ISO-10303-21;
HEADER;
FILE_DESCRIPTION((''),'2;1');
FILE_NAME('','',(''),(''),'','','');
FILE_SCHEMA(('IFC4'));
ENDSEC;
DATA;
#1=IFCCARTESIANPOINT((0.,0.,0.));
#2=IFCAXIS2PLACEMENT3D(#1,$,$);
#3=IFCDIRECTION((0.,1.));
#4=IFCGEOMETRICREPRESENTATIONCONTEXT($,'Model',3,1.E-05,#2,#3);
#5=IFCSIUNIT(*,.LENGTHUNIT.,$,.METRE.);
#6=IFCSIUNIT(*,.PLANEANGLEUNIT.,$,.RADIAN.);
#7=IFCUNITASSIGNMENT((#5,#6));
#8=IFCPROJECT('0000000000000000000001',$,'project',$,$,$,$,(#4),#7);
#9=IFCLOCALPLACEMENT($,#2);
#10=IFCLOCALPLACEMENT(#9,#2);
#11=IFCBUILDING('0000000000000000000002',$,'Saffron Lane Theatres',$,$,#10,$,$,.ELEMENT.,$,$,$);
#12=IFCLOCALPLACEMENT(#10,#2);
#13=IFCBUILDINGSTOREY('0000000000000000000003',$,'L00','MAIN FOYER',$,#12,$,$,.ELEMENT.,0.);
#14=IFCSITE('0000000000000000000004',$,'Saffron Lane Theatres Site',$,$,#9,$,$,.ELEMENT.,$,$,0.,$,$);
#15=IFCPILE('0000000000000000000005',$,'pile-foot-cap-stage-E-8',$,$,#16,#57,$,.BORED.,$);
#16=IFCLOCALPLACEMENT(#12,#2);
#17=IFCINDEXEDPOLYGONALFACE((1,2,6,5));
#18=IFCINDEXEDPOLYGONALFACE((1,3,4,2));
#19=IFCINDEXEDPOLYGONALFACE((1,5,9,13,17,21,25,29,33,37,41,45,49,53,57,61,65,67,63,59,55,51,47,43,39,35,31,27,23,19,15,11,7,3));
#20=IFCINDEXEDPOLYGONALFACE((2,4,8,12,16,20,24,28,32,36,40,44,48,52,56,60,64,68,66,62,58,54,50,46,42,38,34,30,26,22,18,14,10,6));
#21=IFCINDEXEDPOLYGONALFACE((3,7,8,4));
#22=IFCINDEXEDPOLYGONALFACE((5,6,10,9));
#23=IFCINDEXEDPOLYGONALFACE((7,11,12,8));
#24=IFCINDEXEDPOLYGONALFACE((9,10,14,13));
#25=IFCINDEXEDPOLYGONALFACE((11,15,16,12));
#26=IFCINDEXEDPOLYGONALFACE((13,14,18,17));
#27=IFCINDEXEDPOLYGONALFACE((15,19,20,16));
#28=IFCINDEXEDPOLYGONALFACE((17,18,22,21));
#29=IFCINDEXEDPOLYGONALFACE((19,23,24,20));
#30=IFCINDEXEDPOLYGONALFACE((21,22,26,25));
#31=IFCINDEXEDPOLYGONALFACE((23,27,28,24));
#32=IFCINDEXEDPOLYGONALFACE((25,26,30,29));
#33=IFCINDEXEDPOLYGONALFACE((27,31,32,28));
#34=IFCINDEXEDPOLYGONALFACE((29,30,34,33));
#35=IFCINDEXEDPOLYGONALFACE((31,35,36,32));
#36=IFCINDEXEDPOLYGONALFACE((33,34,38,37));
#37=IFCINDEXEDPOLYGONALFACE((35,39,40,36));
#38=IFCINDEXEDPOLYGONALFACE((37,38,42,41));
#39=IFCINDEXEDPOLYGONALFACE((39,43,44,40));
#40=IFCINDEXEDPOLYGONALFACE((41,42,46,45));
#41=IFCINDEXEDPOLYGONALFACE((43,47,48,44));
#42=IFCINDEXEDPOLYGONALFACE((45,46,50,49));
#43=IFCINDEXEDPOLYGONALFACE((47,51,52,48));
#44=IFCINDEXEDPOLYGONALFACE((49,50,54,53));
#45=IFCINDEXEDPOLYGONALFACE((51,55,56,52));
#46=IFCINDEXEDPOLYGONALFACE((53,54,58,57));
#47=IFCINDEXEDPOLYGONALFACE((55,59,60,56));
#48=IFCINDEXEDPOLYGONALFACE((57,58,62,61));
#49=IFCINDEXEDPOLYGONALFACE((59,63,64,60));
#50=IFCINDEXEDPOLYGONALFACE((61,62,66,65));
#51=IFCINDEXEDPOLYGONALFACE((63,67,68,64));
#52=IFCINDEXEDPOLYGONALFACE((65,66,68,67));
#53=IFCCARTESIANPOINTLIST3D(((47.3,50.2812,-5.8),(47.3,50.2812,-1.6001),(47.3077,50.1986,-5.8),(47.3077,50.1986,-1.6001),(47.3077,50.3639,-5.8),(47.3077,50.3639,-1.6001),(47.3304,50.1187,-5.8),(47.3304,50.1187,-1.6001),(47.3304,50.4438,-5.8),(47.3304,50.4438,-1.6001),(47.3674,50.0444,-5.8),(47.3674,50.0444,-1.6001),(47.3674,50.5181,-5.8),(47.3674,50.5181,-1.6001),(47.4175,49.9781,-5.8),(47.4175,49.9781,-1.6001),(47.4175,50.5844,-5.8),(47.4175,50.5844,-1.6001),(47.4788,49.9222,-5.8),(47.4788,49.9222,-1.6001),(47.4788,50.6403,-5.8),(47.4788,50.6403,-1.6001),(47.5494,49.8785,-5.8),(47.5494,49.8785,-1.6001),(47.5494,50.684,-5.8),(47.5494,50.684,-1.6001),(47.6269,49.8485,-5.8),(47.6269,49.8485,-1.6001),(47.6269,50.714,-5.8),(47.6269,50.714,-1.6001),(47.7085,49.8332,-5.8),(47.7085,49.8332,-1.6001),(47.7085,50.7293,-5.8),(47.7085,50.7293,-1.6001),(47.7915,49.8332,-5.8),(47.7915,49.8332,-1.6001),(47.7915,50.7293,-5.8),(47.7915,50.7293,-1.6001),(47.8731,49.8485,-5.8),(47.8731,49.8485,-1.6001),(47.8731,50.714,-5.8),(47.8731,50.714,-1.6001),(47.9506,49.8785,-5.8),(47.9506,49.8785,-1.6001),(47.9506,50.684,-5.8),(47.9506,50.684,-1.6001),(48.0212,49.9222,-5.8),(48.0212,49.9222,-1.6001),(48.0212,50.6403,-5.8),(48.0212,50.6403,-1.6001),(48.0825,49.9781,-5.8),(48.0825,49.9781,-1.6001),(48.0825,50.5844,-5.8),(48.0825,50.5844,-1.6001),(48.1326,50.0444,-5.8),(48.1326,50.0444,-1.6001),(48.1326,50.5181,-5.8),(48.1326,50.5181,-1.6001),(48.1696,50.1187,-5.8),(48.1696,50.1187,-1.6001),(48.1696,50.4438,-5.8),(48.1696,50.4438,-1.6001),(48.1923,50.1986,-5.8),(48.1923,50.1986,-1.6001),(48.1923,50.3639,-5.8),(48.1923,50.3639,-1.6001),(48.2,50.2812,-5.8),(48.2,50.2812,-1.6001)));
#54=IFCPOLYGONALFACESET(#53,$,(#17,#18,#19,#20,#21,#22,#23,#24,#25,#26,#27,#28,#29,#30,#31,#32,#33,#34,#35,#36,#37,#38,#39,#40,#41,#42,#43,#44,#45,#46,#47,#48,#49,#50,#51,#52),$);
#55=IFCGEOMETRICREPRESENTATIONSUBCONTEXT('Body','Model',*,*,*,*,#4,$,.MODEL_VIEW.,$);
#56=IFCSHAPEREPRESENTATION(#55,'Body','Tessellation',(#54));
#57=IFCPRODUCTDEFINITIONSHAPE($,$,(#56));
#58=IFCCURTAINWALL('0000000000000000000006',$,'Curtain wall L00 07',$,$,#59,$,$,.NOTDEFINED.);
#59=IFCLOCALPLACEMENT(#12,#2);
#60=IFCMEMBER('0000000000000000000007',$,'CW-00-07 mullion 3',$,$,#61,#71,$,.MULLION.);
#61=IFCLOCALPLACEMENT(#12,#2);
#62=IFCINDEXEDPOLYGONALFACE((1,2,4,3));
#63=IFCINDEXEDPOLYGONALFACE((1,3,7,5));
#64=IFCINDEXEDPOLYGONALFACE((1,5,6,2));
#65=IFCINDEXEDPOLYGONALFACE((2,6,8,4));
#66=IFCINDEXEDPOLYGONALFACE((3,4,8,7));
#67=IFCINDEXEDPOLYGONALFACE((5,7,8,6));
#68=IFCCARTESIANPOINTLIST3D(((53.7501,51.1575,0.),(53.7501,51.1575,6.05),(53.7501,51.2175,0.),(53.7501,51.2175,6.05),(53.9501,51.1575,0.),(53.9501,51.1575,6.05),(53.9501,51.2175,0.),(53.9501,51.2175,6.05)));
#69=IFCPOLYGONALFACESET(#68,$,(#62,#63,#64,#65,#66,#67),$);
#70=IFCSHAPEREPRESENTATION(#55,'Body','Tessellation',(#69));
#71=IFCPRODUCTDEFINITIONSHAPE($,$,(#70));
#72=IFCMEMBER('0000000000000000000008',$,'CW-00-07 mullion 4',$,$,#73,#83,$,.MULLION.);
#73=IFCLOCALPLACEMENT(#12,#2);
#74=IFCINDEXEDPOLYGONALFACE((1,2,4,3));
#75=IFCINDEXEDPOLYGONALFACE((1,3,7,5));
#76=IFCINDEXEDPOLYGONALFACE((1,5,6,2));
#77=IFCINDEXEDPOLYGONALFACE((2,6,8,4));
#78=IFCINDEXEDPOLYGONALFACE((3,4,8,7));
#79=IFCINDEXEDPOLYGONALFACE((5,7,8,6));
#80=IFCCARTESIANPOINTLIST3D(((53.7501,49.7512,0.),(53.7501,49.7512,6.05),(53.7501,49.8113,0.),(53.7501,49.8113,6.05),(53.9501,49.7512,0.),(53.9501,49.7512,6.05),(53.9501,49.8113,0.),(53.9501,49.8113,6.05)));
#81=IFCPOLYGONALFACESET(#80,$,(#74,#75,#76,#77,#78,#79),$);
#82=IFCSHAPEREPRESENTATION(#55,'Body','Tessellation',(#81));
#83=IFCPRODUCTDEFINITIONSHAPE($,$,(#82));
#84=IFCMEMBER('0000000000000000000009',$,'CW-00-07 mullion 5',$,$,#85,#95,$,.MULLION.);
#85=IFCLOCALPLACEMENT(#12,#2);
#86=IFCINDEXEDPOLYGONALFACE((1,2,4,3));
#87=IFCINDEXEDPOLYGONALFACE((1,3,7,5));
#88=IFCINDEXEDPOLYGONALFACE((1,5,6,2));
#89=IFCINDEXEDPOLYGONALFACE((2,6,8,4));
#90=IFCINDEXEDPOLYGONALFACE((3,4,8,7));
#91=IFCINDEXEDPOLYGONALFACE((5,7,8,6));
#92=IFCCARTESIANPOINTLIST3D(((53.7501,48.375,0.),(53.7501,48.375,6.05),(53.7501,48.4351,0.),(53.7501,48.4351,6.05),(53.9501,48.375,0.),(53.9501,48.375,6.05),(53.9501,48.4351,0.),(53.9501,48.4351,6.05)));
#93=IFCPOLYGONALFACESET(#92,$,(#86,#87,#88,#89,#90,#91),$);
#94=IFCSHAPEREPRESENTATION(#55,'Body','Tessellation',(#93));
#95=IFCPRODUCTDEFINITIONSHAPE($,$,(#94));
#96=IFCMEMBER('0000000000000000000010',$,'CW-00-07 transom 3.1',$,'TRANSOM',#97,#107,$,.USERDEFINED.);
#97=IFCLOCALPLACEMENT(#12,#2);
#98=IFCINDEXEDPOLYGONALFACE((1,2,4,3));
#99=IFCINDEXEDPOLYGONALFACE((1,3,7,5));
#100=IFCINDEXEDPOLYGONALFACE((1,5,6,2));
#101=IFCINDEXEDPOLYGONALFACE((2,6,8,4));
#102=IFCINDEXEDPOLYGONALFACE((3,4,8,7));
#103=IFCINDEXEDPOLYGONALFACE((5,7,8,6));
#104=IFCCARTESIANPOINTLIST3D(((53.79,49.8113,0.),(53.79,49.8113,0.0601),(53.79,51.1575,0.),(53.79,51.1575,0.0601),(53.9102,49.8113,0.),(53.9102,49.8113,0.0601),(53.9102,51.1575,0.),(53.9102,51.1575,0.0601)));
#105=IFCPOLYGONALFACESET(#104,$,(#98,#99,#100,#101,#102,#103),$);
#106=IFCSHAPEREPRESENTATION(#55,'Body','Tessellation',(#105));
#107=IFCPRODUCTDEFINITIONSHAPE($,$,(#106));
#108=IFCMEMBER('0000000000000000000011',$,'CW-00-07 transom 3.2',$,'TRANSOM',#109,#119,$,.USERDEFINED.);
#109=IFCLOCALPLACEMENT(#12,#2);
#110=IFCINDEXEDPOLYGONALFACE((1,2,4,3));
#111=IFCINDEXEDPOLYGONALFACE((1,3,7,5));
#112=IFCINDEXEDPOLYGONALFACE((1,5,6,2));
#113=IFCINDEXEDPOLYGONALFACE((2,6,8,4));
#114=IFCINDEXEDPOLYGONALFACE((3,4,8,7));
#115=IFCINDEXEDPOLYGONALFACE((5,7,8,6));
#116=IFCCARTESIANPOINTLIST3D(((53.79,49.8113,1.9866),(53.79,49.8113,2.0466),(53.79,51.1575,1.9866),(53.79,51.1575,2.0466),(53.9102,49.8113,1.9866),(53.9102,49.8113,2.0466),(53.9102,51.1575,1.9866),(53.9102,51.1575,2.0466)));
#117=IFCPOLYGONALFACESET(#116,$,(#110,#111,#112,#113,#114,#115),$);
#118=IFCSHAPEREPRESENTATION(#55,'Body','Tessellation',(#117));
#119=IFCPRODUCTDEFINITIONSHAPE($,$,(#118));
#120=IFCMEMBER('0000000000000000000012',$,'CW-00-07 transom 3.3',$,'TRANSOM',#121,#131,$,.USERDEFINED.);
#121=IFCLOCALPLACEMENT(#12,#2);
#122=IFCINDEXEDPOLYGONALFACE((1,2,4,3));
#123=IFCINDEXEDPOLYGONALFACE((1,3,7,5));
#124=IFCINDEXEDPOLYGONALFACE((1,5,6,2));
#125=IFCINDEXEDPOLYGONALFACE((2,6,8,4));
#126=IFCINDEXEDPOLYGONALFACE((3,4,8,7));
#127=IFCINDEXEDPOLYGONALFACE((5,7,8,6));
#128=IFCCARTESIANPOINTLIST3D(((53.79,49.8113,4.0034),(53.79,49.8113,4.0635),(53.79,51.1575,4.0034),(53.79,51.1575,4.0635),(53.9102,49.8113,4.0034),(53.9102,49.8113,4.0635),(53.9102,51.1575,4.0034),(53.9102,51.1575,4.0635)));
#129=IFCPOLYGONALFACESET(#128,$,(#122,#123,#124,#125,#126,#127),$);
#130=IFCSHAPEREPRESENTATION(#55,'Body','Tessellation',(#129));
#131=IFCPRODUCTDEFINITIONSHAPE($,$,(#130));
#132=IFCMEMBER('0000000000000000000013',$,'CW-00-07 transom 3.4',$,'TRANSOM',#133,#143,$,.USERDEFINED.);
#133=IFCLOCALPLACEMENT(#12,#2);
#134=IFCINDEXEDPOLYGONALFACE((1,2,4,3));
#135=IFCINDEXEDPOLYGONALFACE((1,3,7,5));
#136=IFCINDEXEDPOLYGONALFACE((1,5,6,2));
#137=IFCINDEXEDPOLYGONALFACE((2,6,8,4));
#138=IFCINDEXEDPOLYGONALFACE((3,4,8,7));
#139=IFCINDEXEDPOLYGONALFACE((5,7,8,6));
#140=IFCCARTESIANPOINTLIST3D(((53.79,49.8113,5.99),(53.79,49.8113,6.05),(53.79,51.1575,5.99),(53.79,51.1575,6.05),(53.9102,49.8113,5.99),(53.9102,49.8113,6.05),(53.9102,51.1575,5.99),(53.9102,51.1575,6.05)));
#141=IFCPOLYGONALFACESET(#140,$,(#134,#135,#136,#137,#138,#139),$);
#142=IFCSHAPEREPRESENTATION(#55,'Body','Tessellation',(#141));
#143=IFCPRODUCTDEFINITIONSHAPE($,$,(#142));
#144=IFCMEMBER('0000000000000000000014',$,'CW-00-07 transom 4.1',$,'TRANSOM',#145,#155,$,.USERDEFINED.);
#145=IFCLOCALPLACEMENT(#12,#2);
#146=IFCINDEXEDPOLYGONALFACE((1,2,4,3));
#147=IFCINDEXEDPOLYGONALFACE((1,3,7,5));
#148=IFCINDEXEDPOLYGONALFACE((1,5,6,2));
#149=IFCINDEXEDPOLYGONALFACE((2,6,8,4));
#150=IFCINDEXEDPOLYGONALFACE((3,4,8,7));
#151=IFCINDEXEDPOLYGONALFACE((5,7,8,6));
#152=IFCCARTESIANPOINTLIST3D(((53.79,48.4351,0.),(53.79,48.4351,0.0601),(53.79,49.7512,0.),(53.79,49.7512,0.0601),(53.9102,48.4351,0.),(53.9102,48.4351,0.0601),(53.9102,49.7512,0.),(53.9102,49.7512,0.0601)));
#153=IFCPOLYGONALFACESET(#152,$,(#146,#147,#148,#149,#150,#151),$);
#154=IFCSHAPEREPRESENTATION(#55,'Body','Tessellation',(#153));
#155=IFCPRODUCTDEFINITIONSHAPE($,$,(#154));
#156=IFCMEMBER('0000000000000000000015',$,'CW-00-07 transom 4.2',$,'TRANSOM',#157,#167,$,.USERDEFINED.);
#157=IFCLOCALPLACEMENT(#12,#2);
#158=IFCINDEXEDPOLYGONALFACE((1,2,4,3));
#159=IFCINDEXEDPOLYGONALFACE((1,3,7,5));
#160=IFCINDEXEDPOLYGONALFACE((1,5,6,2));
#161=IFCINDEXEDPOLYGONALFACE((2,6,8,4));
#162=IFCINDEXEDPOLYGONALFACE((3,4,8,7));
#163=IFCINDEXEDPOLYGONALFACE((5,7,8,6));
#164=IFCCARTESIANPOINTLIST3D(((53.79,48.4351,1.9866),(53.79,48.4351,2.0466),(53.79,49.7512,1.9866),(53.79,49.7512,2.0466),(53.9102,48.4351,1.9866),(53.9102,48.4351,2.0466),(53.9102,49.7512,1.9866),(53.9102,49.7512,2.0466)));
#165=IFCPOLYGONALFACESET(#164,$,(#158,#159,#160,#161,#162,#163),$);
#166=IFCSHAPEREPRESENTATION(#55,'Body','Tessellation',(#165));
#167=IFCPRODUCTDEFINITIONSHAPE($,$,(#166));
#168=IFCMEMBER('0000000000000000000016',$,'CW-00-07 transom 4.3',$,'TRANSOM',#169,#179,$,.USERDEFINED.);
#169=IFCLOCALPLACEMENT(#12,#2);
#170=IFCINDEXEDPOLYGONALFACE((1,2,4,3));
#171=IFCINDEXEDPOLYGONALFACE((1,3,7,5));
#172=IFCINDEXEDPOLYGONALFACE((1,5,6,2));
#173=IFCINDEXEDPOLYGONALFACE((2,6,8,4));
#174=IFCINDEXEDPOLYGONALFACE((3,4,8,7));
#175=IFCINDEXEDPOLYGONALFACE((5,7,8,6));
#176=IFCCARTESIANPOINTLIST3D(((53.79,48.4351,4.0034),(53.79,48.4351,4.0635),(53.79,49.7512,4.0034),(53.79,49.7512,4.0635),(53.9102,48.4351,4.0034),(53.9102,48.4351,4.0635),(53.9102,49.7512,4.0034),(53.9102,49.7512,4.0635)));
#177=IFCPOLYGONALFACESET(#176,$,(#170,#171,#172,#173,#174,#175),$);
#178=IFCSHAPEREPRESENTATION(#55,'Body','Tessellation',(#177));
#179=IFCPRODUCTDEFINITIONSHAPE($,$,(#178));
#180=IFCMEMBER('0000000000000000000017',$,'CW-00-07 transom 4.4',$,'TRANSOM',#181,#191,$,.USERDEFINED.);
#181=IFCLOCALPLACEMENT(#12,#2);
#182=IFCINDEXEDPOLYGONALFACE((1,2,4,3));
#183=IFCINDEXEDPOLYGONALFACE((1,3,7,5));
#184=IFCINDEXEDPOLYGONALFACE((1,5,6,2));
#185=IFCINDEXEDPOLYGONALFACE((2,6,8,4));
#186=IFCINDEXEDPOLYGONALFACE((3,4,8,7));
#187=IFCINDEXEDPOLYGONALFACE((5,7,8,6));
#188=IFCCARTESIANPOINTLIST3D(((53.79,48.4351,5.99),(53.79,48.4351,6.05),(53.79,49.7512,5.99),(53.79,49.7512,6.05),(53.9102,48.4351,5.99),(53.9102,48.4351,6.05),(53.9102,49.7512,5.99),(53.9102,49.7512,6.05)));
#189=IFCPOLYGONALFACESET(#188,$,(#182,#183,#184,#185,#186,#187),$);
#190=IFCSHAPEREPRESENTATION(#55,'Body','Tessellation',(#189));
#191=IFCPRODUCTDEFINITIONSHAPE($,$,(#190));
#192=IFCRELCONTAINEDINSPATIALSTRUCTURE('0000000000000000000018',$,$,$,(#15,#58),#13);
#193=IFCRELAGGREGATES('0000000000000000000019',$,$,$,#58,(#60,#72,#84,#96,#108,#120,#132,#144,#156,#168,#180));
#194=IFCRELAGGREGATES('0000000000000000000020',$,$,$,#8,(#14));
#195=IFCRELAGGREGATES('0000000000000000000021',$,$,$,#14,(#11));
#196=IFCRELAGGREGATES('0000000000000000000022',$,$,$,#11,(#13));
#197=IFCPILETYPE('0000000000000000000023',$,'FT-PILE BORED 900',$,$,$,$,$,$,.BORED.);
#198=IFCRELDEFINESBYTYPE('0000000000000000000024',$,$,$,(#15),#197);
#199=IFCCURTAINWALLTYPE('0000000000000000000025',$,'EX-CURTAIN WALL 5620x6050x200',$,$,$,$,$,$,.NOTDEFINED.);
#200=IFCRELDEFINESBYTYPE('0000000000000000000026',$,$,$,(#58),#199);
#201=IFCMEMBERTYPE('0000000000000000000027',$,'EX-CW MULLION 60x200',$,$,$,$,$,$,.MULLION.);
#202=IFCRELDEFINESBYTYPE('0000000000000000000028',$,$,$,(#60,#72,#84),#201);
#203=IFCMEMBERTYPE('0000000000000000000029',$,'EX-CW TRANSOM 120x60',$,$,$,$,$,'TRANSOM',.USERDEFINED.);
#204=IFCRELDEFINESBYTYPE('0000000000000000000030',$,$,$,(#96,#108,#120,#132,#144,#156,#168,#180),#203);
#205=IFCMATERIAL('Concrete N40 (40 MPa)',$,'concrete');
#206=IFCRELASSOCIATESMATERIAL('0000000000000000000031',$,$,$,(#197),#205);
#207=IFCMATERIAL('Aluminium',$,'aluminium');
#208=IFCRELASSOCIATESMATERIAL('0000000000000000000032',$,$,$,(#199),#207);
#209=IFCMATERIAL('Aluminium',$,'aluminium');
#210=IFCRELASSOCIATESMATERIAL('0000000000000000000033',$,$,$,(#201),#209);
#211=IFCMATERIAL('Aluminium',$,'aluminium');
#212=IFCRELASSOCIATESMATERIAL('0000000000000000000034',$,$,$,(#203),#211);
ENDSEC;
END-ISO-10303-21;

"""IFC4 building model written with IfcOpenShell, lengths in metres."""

from ifc_helpers import new_model, si_unit, direction, frame, origin, origin_2d, place, context, subcontext, project, spatial, rectangle, circle, extrude, material, material_profile, profile_set, type_object, element, aggregate, save


model = new_model("IFC4")

# Units and contexts
model_context = context("Model", 3, precision=1e-05, world=origin(), true_north=direction((0.0, 1.0)))
body_context = subcontext(model_context, "Body", "Model", "MODEL_VIEW")
ifc_project = project(units=[si_unit("LENGTHUNIT", "METRE"), si_unit("PLANEANGLEUNIT", "RADIAN")], contexts=[model_context])

# Site, building, storey
site_placement = place(None, origin())
site = spatial("IfcSite", under=ifc_project, at=site_placement, Name="Saffron Lane Theatres Site", CompositionType="ELEMENT", RefElevation=0.0)
building_placement = place(site_placement, origin())
building = spatial("IfcBuilding", under=site, at=building_placement, Name="Saffron Lane Theatres", CompositionType="ELEMENT")
storey_placement = place(building_placement, origin())
storey = spatial("IfcBuildingStorey", under=building, at=storey_placement, Name="L00", Description="MAIN FOYER", CompositionType="ELEMENT", Elevation=0.0)

# Pile
ifc_material_1 = material(Name="Concrete N40 (40 MPa)", Category="concrete")
ifc_material_profile_1 = material_profile(ifc_material_1, circle(Radius=0.45, at=origin_2d()))
ifc_profile_set_1 = profile_set([ifc_material_profile_1], Name="Concrete N40 (40 MPa)")
pile_type = type_object("IfcPileType", Name="FT-PILE BORED 900", PredefinedType="BORED", material=ifc_profile_set_1)
pile_placement = place(storey_placement, frame((47.75, 50.2812, -1.6001), z_axis=(0.0, 0.0, -1.0), x_axis=(1.0, 0.0, 0.0)))
element("IfcPile", 1, at=pile_placement, inside=storey, type_object=pile_type, Name="pile-foot-cap-stage-E-8", PredefinedType="BORED", context=body_context, shape_type="SweptSolid", body=[
    extrude(circle(Radius=0.45, at=origin_2d()), origin(), (0.0, 0.0, 1.0), 4.2),
])

# Curtain wall, members
ifc_material_2 = material(Name="Aluminium", Category="aluminium")
curtain_wall_type = type_object("IfcCurtainWallType", Name="EX-CURTAIN WALL 5620x6050x200", PredefinedType="NOTDEFINED", material=ifc_material_2)
curtain_wall_placement = place(storey_placement, origin())
curtain_wall = element("IfcCurtainWall", 2, at=curtain_wall_placement, inside=storey, type_object=curtain_wall_type, Name="Curtain wall L00 07", PredefinedType="NOTDEFINED")
ifc_material_3 = material(Name="Aluminium", Category="aluminium")
ifc_material_profile_2 = material_profile(ifc_material_3, rectangle(XDim=0.0601, YDim=0.2, at=origin_2d()))
ifc_profile_set_2 = profile_set([ifc_material_profile_2], Name="Aluminium")
member_type_1 = type_object("IfcMemberType", Name="EX-CW MULLION 60x200", PredefinedType="MULLION", material=ifc_profile_set_2)
member_1_placement = place(storey_placement, frame((53.8501, 51.1875, 0.0), z_axis=(0.0, 0.0, 1.0), x_axis=(0.0, -1.0, 0.0)))
member_1 = element("IfcMember", 3, at=member_1_placement, type_object=member_type_1, Name="CW-00-07 mullion 3", PredefinedType="MULLION", context=body_context, shape_type="SweptSolid", body=[
    extrude(rectangle(XDim=0.0601, YDim=0.2, at=origin_2d()), origin(), (0.0, 0.0, 1.0), 6.05),
])
member_2_placement = place(storey_placement, frame((53.8501, 49.7812, 0.0), z_axis=(0.0, 0.0, 1.0), x_axis=(0.0, -1.0, 0.0)))
member_2 = element("IfcMember", 4, at=member_2_placement, type_object=member_type_1, Name="CW-00-07 mullion 4", PredefinedType="MULLION", context=body_context, shape_type="SweptSolid", body=[
    extrude(rectangle(XDim=0.0601, YDim=0.2, at=origin_2d()), origin(), (0.0, 0.0, 1.0), 6.05),
])
member_3_placement = place(storey_placement, frame((53.8501, 48.405, 0.0), z_axis=(0.0, 0.0, 1.0), x_axis=(0.0, -1.0, 0.0)))
member_3 = element("IfcMember", 5, at=member_3_placement, type_object=member_type_1, Name="CW-00-07 mullion 5", PredefinedType="MULLION", context=body_context, shape_type="SweptSolid", body=[
    extrude(rectangle(XDim=0.0601, YDim=0.2, at=origin_2d()), origin(), (0.0, 0.0, 1.0), 6.05),
])
ifc_material_4 = material(Name="Aluminium", Category="aluminium")
ifc_material_profile_3 = material_profile(ifc_material_4, rectangle(XDim=0.1201, YDim=0.0601, at=origin_2d()))
ifc_profile_set_3 = profile_set([ifc_material_profile_3], Name="Aluminium")
member_type_2 = type_object("IfcMemberType", Name="EX-CW TRANSOM 120x60", ElementType="TRANSOM", PredefinedType="USERDEFINED", material=ifc_profile_set_3)
member_4_placement = place(storey_placement, frame((53.8501, 51.1575, 0.03), z_axis=(0.0, -1.0, 0.0), x_axis=(1.0, 0.0, 0.0)))
member_4 = element("IfcMember", 6, at=member_4_placement, type_object=member_type_2, Name="CW-00-07 transom 3.1", ObjectType="TRANSOM", PredefinedType="USERDEFINED", context=body_context, shape_type="SweptSolid", body=[
    extrude(rectangle(XDim=0.1201, YDim=0.0601, at=origin_2d()), origin(), (0.0, 0.0, 1.0), 1.3462),
])
member_5_placement = place(storey_placement, frame((53.8501, 51.1575, 2.0166), z_axis=(0.0, -1.0, 0.0), x_axis=(1.0, 0.0, 0.0)))
member_5 = element("IfcMember", 7, at=member_5_placement, type_object=member_type_2, Name="CW-00-07 transom 3.2", ObjectType="TRANSOM", PredefinedType="USERDEFINED", context=body_context, shape_type="SweptSolid", body=[
    extrude(rectangle(XDim=0.1201, YDim=0.0601, at=origin_2d()), origin(), (0.0, 0.0, 1.0), 1.3462),
])
member_6_placement = place(storey_placement, frame((53.8501, 51.1575, 4.0334), z_axis=(0.0, -1.0, 0.0), x_axis=(1.0, 0.0, 0.0)))
member_6 = element("IfcMember", 8, at=member_6_placement, type_object=member_type_2, Name="CW-00-07 transom 3.3", ObjectType="TRANSOM", PredefinedType="USERDEFINED", context=body_context, shape_type="SweptSolid", body=[
    extrude(rectangle(XDim=0.1201, YDim=0.0601, at=origin_2d()), origin(), (0.0, 0.0, 1.0), 1.3462),
])
member_7_placement = place(storey_placement, frame((53.8501, 51.1575, 6.02), z_axis=(0.0, -1.0, 0.0), x_axis=(1.0, 0.0, 0.0)))
member_7 = element("IfcMember", 9, at=member_7_placement, type_object=member_type_2, Name="CW-00-07 transom 3.4", ObjectType="TRANSOM", PredefinedType="USERDEFINED", context=body_context, shape_type="SweptSolid", body=[
    extrude(rectangle(XDim=0.1201, YDim=0.0601, at=origin_2d()), origin(), (0.0, 0.0, 1.0), 1.3462),
])
member_8_placement = place(storey_placement, frame((53.8501, 49.7512, 0.03), z_axis=(0.0, -1.0, 0.0), x_axis=(1.0, 0.0, 0.0)))
member_8 = element("IfcMember", 10, at=member_8_placement, type_object=member_type_2, Name="CW-00-07 transom 4.1", ObjectType="TRANSOM", PredefinedType="USERDEFINED", context=body_context, shape_type="SweptSolid", body=[
    extrude(rectangle(XDim=0.1201, YDim=0.0601, at=origin_2d()), origin(), (0.0, 0.0, 1.0), 1.3162),
])
member_9_placement = place(storey_placement, frame((53.8501, 49.7512, 2.0166), z_axis=(0.0, -1.0, 0.0), x_axis=(1.0, 0.0, 0.0)))
member_9 = element("IfcMember", 11, at=member_9_placement, type_object=member_type_2, Name="CW-00-07 transom 4.2", ObjectType="TRANSOM", PredefinedType="USERDEFINED", context=body_context, shape_type="SweptSolid", body=[
    extrude(rectangle(XDim=0.1201, YDim=0.0601, at=origin_2d()), origin(), (0.0, 0.0, 1.0), 1.3162),
])
member_10_placement = place(storey_placement, frame((53.8501, 49.7512, 4.0334), z_axis=(0.0, -1.0, 0.0), x_axis=(1.0, 0.0, 0.0)))
member_10 = element("IfcMember", 12, at=member_10_placement, type_object=member_type_2, Name="CW-00-07 transom 4.3", ObjectType="TRANSOM", PredefinedType="USERDEFINED", context=body_context, shape_type="SweptSolid", body=[
    extrude(rectangle(XDim=0.1201, YDim=0.0601, at=origin_2d()), origin(), (0.0, 0.0, 1.0), 1.3162),
])
member_11_placement = place(storey_placement, frame((53.8501, 49.7512, 6.02), z_axis=(0.0, -1.0, 0.0), x_axis=(1.0, 0.0, 0.0)))
member_11 = element("IfcMember", 13, at=member_11_placement, type_object=member_type_2, Name="CW-00-07 transom 4.4", ObjectType="TRANSOM", PredefinedType="USERDEFINED", context=body_context, shape_type="SweptSolid", body=[
    extrude(rectangle(XDim=0.1201, YDim=0.0601, at=origin_2d()), origin(), (0.0, 0.0, 1.0), 1.3162),
])
aggregate(curtain_wall, [member_1, member_2, member_3, member_4, member_5, member_6, member_7, member_8, member_9, member_10, member_11])

save(model, "model.ifc")
